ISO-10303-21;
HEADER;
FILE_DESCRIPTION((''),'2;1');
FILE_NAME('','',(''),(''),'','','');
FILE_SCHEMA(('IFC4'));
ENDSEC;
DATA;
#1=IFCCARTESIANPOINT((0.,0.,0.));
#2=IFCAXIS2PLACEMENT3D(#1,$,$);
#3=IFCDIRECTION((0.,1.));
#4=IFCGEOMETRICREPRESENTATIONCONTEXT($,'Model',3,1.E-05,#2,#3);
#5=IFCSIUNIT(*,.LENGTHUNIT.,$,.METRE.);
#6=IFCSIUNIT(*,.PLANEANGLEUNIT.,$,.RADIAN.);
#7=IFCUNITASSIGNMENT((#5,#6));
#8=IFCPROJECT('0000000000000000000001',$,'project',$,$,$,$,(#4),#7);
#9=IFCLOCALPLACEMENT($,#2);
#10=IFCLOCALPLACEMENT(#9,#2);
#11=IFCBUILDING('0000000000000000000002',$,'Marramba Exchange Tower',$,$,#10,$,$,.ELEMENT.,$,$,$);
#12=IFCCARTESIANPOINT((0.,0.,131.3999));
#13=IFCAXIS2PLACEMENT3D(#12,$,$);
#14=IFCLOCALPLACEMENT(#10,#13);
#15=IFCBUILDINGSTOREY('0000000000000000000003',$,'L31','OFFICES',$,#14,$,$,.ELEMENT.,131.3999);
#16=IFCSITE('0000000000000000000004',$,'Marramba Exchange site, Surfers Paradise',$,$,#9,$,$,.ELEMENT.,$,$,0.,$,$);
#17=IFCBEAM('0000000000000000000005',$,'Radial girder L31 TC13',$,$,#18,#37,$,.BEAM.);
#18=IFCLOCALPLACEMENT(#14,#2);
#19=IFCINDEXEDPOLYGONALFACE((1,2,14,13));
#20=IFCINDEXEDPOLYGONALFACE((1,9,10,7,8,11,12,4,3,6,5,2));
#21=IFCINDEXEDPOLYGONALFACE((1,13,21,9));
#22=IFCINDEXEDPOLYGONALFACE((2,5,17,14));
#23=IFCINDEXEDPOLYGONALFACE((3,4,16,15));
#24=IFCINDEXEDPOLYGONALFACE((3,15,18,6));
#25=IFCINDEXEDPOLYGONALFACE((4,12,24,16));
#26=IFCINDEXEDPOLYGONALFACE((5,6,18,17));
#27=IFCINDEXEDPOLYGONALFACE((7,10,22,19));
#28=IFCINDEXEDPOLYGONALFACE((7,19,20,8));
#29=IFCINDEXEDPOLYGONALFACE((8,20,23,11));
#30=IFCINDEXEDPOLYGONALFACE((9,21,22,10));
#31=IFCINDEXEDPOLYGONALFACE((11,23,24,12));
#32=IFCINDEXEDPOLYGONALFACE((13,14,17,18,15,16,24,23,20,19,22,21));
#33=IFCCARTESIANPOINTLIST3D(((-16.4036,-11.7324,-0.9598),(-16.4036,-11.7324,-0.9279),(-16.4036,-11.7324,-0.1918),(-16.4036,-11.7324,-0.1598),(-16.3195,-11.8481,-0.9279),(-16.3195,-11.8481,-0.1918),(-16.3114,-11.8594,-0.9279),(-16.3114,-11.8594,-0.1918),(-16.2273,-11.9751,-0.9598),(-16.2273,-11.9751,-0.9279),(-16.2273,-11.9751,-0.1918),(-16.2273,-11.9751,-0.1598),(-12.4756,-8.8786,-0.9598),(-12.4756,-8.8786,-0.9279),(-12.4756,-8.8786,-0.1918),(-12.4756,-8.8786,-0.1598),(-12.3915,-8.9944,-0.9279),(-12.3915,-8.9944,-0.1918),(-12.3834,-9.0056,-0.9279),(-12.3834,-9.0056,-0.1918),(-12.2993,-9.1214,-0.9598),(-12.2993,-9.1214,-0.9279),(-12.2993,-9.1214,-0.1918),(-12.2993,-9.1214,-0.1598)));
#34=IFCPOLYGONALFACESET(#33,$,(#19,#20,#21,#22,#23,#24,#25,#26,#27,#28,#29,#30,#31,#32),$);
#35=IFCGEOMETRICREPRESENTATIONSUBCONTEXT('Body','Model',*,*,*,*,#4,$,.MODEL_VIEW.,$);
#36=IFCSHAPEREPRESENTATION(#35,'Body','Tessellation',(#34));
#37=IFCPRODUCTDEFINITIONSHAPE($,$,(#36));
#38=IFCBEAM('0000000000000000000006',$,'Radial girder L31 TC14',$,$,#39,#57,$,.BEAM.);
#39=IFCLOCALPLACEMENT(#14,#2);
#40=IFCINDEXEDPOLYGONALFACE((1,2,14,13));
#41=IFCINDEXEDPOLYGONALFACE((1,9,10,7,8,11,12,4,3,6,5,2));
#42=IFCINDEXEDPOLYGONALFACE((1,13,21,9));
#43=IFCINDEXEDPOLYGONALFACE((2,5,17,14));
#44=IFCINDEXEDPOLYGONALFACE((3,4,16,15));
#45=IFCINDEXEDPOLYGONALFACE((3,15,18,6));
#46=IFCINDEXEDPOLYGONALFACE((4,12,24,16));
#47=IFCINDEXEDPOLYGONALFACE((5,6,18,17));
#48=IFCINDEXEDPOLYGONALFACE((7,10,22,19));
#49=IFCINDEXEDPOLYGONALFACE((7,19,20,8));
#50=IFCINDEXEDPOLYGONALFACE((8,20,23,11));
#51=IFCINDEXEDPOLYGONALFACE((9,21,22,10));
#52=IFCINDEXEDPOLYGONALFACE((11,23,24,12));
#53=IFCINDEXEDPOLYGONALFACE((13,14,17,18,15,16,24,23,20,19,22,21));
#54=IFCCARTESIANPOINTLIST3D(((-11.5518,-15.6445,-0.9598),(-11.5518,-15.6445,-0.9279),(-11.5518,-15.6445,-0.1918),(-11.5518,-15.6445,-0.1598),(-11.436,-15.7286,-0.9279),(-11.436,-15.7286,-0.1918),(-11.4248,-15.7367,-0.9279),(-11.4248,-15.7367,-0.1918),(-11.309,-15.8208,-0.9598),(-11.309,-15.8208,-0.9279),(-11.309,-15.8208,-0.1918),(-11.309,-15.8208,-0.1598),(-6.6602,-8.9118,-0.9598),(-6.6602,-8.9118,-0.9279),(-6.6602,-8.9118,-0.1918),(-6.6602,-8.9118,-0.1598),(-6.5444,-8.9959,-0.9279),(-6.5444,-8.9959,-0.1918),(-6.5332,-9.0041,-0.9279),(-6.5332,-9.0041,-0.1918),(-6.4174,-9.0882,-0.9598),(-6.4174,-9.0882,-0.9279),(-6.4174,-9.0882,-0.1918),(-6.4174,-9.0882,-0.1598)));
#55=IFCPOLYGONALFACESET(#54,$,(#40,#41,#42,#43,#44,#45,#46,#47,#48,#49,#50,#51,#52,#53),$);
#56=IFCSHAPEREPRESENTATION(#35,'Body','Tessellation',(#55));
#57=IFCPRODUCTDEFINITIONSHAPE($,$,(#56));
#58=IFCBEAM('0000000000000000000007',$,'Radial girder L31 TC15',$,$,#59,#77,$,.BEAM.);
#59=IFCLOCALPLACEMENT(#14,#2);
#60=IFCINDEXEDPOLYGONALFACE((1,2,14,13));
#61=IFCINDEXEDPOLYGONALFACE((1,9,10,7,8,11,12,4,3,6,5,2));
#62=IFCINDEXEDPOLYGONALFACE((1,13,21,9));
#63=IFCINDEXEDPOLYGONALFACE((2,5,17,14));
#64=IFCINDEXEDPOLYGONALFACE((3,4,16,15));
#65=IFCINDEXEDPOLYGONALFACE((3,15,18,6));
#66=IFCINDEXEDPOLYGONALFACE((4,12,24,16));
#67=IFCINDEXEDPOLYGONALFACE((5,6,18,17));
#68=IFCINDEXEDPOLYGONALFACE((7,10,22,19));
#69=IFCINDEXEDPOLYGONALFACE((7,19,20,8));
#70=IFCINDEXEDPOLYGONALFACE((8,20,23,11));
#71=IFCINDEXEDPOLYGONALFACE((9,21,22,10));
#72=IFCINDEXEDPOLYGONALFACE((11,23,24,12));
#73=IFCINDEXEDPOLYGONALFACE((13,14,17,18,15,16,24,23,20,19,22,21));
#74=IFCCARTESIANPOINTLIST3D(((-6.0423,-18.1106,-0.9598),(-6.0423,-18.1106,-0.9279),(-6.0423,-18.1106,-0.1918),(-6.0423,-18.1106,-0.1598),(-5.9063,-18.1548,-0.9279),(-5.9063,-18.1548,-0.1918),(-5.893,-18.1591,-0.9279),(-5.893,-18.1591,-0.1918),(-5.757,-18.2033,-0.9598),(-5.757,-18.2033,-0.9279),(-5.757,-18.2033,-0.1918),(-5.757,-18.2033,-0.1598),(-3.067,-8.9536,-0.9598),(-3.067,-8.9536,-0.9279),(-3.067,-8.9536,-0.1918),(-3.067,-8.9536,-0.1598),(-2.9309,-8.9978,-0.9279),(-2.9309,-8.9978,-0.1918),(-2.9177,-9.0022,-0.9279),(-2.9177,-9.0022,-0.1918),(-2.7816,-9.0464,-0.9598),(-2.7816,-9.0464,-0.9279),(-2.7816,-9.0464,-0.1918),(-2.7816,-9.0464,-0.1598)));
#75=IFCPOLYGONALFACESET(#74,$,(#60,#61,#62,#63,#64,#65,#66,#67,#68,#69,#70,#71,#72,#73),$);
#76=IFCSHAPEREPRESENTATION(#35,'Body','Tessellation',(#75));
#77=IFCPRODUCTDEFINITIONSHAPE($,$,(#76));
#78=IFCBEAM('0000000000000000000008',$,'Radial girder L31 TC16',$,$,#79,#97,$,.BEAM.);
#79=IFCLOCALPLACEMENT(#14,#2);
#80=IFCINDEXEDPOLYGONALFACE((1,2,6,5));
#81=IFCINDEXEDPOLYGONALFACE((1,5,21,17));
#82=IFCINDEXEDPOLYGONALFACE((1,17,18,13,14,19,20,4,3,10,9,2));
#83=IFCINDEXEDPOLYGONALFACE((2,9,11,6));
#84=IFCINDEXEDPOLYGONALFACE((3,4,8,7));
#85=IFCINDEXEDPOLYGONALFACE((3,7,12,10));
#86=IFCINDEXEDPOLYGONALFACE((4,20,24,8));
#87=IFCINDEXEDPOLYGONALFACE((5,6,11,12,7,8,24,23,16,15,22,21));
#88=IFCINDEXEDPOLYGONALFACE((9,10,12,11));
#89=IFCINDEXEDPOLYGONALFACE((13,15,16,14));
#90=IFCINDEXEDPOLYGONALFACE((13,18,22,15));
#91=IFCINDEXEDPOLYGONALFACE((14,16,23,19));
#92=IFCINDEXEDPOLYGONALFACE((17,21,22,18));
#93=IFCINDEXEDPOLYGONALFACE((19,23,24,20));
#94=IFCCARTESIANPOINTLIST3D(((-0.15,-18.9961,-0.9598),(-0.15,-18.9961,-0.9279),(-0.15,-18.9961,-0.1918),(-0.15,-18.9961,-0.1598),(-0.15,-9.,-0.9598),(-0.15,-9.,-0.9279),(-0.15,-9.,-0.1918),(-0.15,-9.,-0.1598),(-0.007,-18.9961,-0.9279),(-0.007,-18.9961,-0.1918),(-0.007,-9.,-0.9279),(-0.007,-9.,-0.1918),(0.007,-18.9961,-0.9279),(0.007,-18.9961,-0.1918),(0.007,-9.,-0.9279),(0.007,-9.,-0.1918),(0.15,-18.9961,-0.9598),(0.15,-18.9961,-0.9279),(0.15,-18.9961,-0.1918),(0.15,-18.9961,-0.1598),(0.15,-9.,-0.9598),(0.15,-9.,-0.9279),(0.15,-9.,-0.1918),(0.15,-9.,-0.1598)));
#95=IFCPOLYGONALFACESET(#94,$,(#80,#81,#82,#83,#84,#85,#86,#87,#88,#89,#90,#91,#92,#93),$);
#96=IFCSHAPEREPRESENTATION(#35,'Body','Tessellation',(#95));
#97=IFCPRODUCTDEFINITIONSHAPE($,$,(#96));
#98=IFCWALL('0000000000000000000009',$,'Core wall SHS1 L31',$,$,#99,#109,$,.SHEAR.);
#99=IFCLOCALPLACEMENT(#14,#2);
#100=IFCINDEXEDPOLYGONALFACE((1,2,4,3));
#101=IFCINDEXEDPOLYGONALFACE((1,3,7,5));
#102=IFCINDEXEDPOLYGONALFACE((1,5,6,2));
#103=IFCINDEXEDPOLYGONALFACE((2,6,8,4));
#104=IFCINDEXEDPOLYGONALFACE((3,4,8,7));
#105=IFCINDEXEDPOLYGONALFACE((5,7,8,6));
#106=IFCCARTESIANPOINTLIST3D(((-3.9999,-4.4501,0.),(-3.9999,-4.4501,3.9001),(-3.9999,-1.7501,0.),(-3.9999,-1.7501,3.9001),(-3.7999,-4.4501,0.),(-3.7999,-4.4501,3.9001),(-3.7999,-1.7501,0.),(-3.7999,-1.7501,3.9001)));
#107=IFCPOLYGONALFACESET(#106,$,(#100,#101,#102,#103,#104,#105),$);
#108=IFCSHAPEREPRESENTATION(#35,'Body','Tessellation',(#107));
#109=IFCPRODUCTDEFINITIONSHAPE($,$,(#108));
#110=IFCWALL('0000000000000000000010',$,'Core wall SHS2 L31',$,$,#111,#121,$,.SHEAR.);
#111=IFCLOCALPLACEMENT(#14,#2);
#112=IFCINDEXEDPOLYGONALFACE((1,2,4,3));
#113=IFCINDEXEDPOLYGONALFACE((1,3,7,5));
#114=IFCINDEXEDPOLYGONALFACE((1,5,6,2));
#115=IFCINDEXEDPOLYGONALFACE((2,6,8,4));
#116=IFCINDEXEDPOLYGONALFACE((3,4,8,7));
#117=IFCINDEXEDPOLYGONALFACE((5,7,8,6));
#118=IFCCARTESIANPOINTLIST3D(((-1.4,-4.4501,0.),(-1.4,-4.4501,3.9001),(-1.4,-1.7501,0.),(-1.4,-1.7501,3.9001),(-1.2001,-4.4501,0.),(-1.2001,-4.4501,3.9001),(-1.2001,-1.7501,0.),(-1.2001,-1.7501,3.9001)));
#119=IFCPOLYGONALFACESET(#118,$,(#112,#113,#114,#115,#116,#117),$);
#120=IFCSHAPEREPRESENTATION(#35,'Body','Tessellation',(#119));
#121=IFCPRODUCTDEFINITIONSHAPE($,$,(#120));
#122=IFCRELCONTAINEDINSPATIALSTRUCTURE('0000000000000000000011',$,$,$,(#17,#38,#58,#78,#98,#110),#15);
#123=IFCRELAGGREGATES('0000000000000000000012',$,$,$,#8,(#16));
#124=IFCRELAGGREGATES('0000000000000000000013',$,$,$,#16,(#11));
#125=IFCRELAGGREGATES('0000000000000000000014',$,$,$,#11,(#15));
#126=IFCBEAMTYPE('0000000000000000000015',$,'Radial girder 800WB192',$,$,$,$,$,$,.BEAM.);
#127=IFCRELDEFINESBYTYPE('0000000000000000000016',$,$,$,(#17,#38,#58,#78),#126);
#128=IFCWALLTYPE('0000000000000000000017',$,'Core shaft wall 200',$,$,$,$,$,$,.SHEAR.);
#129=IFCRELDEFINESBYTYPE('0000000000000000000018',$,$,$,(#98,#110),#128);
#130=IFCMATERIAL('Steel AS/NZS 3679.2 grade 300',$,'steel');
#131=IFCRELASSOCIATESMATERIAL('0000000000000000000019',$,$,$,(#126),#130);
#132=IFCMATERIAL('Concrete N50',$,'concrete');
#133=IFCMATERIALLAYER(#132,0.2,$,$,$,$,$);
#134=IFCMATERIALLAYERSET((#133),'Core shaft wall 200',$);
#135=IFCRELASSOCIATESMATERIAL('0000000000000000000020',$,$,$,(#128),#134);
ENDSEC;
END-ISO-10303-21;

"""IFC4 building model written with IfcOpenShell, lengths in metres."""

from ifc_helpers import new_model, si_unit, direction, frame, frame_2d, origin, origin_2d, place, context, subcontext, project, spatial, rectangle, i_section, extrude, material, layer, layer_set, material_profile, profile_set, type_object, element, save


model = new_model("IFC4")

# Units and contexts
model_context = context("Model", 3, precision=1e-05, world=origin(), true_north=direction((0.0, 1.0)))
body_context = subcontext(model_context, "Body", "Model", "MODEL_VIEW")
ifc_project = project(units=[si_unit("LENGTHUNIT", "METRE"), si_unit("PLANEANGLEUNIT", "RADIAN")], contexts=[model_context])

# Site, building, storey
site_placement = place(None, origin())
site = spatial("IfcSite", under=ifc_project, at=site_placement, Name="Marramba Exchange site, Surfers Paradise", CompositionType="ELEMENT", RefElevation=0.0)
building_placement = place(site_placement, origin())
building = spatial("IfcBuilding", under=site, at=building_placement, Name="Marramba Exchange Tower", CompositionType="ELEMENT")
storey_placement = place(building_placement, frame((0.0, 0.0, 131.3999)))
storey = spatial("IfcBuildingStorey", under=building, at=storey_placement, Name="L31", Description="OFFICES", CompositionType="ELEMENT", Elevation=131.3999)

# Beams
ifc_material_1 = material(Name="Steel AS/NZS 3679.2 grade 300", Category="steel")
ifc_material_profile = material_profile(ifc_material_1, i_section(OverallWidth=0.3, OverallDepth=0.8, WebThickness=0.0139, FlangeThickness=0.032, at=origin_2d()), Name="800WB192")
ifc_profile_set = profile_set([ifc_material_profile], Name="Steel AS/NZS 3679.2 grade 300")
beam_type = type_object("IfcBeamType", Name="Radial girder 800WB192", PredefinedType="BEAM", material=ifc_profile_set)
beam_1_placement = place(storey_placement, frame((-12.3875, -9.0, -0.5598), z_axis=(-0.809025, -0.587774, 0.0), x_axis=(0.587774, -0.809025, 0.0)))
element("IfcBeam", 1, at=beam_1_placement, inside=storey, type_object=beam_type, Name="Radial girder L31 TC13", PredefinedType="BEAM", context=body_context, shape_type="SweptSolid", body=[
    extrude(i_section(OverallWidth=0.3, OverallDepth=0.8, WebThickness=0.0139, FlangeThickness=0.032, at=origin_2d()), origin(), (0.0, 0.0, 1.0), 4.8552),
])
beam_2_placement = place(storey_placement, frame((-6.5388, -9.0, -0.5598), z_axis=(-0.587788, -0.809015, 0.0), x_axis=(0.809015, -0.587788, 0.0)))
element("IfcBeam", 2, at=beam_2_placement, inside=storey, type_object=beam_type, Name="Radial girder L31 TC14", PredefinedType="BEAM", context=body_context, shape_type="SweptSolid", body=[
    extrude(i_section(OverallWidth=0.3, OverallDepth=0.8, WebThickness=0.0139, FlangeThickness=0.032, at=origin_2d()), origin(), (0.0, 0.0, 1.0), 8.322),
])
beam_3_placement = place(storey_placement, frame((-2.9243, -9.0, -0.5598), z_axis=(-0.309022, -0.951055, 0.0), x_axis=(0.951055, -0.309022, 0.0)))
element("IfcBeam", 3, at=beam_3_placement, inside=storey, type_object=beam_type, Name="Radial girder L31 TC15", PredefinedType="BEAM", context=body_context, shape_type="SweptSolid", body=[
    extrude(i_section(OverallWidth=0.3, OverallDepth=0.8, WebThickness=0.0139, FlangeThickness=0.032, at=origin_2d()), origin(), (0.0, 0.0, 1.0), 9.6282),
])
beam_4_placement = place(storey_placement, frame((0.0, -9.0, -0.5598), z_axis=(0.0, -1.0, 0.0), x_axis=(1.0, 0.0, 0.0)))
element("IfcBeam", 4, at=beam_4_placement, inside=storey, type_object=beam_type, Name="Radial girder L31 TC16", PredefinedType="BEAM", context=body_context, shape_type="SweptSolid", body=[
    extrude(i_section(OverallWidth=0.3, OverallDepth=0.8, WebThickness=0.0139, FlangeThickness=0.032, at=origin_2d()), origin(), (0.0, 0.0, 1.0), 9.9961),
])

# Walls
ifc_material_2 = material(Name="Concrete N50", Category="concrete")
ifc_layer_1 = layer(ifc_material_2, 0.2)
ifc_layer_set_1 = layer_set([ifc_layer_1], Name="Core shaft wall 200")
wall_type_1 = type_object("IfcWallType", Name="Core shaft wall 200", PredefinedType="SHEAR", material=ifc_layer_set_1)
for number, where, z_axis, x_axis, name in (
    (5, (-3.8999, -1.75, 0.0), (0.0, 0.0, 1.0), (0.0, -1.0, 0.0), "Core wall SHS1 L31"),
    (6, (-1.3, -1.75, 0.0), (0.0, 0.0, 1.0), (0.0, -1.0, 0.0), "Core wall SHS2 L31"),
):
    element("IfcWall", number, at=place(storey_placement, frame(where, z_axis=z_axis, x_axis=x_axis)), inside=storey, type_object=wall_type_1, Name=name, PredefinedType="SHEAR", context=body_context, shape_type="SweptSolid", body=[
        extrude(rectangle(XDim=2.7, YDim=0.2, at=frame_2d((1.3501, 0.0))), origin(), (0.0, 0.0, 1.0), 3.9001),
    ])

save(model, "model.ifc")
